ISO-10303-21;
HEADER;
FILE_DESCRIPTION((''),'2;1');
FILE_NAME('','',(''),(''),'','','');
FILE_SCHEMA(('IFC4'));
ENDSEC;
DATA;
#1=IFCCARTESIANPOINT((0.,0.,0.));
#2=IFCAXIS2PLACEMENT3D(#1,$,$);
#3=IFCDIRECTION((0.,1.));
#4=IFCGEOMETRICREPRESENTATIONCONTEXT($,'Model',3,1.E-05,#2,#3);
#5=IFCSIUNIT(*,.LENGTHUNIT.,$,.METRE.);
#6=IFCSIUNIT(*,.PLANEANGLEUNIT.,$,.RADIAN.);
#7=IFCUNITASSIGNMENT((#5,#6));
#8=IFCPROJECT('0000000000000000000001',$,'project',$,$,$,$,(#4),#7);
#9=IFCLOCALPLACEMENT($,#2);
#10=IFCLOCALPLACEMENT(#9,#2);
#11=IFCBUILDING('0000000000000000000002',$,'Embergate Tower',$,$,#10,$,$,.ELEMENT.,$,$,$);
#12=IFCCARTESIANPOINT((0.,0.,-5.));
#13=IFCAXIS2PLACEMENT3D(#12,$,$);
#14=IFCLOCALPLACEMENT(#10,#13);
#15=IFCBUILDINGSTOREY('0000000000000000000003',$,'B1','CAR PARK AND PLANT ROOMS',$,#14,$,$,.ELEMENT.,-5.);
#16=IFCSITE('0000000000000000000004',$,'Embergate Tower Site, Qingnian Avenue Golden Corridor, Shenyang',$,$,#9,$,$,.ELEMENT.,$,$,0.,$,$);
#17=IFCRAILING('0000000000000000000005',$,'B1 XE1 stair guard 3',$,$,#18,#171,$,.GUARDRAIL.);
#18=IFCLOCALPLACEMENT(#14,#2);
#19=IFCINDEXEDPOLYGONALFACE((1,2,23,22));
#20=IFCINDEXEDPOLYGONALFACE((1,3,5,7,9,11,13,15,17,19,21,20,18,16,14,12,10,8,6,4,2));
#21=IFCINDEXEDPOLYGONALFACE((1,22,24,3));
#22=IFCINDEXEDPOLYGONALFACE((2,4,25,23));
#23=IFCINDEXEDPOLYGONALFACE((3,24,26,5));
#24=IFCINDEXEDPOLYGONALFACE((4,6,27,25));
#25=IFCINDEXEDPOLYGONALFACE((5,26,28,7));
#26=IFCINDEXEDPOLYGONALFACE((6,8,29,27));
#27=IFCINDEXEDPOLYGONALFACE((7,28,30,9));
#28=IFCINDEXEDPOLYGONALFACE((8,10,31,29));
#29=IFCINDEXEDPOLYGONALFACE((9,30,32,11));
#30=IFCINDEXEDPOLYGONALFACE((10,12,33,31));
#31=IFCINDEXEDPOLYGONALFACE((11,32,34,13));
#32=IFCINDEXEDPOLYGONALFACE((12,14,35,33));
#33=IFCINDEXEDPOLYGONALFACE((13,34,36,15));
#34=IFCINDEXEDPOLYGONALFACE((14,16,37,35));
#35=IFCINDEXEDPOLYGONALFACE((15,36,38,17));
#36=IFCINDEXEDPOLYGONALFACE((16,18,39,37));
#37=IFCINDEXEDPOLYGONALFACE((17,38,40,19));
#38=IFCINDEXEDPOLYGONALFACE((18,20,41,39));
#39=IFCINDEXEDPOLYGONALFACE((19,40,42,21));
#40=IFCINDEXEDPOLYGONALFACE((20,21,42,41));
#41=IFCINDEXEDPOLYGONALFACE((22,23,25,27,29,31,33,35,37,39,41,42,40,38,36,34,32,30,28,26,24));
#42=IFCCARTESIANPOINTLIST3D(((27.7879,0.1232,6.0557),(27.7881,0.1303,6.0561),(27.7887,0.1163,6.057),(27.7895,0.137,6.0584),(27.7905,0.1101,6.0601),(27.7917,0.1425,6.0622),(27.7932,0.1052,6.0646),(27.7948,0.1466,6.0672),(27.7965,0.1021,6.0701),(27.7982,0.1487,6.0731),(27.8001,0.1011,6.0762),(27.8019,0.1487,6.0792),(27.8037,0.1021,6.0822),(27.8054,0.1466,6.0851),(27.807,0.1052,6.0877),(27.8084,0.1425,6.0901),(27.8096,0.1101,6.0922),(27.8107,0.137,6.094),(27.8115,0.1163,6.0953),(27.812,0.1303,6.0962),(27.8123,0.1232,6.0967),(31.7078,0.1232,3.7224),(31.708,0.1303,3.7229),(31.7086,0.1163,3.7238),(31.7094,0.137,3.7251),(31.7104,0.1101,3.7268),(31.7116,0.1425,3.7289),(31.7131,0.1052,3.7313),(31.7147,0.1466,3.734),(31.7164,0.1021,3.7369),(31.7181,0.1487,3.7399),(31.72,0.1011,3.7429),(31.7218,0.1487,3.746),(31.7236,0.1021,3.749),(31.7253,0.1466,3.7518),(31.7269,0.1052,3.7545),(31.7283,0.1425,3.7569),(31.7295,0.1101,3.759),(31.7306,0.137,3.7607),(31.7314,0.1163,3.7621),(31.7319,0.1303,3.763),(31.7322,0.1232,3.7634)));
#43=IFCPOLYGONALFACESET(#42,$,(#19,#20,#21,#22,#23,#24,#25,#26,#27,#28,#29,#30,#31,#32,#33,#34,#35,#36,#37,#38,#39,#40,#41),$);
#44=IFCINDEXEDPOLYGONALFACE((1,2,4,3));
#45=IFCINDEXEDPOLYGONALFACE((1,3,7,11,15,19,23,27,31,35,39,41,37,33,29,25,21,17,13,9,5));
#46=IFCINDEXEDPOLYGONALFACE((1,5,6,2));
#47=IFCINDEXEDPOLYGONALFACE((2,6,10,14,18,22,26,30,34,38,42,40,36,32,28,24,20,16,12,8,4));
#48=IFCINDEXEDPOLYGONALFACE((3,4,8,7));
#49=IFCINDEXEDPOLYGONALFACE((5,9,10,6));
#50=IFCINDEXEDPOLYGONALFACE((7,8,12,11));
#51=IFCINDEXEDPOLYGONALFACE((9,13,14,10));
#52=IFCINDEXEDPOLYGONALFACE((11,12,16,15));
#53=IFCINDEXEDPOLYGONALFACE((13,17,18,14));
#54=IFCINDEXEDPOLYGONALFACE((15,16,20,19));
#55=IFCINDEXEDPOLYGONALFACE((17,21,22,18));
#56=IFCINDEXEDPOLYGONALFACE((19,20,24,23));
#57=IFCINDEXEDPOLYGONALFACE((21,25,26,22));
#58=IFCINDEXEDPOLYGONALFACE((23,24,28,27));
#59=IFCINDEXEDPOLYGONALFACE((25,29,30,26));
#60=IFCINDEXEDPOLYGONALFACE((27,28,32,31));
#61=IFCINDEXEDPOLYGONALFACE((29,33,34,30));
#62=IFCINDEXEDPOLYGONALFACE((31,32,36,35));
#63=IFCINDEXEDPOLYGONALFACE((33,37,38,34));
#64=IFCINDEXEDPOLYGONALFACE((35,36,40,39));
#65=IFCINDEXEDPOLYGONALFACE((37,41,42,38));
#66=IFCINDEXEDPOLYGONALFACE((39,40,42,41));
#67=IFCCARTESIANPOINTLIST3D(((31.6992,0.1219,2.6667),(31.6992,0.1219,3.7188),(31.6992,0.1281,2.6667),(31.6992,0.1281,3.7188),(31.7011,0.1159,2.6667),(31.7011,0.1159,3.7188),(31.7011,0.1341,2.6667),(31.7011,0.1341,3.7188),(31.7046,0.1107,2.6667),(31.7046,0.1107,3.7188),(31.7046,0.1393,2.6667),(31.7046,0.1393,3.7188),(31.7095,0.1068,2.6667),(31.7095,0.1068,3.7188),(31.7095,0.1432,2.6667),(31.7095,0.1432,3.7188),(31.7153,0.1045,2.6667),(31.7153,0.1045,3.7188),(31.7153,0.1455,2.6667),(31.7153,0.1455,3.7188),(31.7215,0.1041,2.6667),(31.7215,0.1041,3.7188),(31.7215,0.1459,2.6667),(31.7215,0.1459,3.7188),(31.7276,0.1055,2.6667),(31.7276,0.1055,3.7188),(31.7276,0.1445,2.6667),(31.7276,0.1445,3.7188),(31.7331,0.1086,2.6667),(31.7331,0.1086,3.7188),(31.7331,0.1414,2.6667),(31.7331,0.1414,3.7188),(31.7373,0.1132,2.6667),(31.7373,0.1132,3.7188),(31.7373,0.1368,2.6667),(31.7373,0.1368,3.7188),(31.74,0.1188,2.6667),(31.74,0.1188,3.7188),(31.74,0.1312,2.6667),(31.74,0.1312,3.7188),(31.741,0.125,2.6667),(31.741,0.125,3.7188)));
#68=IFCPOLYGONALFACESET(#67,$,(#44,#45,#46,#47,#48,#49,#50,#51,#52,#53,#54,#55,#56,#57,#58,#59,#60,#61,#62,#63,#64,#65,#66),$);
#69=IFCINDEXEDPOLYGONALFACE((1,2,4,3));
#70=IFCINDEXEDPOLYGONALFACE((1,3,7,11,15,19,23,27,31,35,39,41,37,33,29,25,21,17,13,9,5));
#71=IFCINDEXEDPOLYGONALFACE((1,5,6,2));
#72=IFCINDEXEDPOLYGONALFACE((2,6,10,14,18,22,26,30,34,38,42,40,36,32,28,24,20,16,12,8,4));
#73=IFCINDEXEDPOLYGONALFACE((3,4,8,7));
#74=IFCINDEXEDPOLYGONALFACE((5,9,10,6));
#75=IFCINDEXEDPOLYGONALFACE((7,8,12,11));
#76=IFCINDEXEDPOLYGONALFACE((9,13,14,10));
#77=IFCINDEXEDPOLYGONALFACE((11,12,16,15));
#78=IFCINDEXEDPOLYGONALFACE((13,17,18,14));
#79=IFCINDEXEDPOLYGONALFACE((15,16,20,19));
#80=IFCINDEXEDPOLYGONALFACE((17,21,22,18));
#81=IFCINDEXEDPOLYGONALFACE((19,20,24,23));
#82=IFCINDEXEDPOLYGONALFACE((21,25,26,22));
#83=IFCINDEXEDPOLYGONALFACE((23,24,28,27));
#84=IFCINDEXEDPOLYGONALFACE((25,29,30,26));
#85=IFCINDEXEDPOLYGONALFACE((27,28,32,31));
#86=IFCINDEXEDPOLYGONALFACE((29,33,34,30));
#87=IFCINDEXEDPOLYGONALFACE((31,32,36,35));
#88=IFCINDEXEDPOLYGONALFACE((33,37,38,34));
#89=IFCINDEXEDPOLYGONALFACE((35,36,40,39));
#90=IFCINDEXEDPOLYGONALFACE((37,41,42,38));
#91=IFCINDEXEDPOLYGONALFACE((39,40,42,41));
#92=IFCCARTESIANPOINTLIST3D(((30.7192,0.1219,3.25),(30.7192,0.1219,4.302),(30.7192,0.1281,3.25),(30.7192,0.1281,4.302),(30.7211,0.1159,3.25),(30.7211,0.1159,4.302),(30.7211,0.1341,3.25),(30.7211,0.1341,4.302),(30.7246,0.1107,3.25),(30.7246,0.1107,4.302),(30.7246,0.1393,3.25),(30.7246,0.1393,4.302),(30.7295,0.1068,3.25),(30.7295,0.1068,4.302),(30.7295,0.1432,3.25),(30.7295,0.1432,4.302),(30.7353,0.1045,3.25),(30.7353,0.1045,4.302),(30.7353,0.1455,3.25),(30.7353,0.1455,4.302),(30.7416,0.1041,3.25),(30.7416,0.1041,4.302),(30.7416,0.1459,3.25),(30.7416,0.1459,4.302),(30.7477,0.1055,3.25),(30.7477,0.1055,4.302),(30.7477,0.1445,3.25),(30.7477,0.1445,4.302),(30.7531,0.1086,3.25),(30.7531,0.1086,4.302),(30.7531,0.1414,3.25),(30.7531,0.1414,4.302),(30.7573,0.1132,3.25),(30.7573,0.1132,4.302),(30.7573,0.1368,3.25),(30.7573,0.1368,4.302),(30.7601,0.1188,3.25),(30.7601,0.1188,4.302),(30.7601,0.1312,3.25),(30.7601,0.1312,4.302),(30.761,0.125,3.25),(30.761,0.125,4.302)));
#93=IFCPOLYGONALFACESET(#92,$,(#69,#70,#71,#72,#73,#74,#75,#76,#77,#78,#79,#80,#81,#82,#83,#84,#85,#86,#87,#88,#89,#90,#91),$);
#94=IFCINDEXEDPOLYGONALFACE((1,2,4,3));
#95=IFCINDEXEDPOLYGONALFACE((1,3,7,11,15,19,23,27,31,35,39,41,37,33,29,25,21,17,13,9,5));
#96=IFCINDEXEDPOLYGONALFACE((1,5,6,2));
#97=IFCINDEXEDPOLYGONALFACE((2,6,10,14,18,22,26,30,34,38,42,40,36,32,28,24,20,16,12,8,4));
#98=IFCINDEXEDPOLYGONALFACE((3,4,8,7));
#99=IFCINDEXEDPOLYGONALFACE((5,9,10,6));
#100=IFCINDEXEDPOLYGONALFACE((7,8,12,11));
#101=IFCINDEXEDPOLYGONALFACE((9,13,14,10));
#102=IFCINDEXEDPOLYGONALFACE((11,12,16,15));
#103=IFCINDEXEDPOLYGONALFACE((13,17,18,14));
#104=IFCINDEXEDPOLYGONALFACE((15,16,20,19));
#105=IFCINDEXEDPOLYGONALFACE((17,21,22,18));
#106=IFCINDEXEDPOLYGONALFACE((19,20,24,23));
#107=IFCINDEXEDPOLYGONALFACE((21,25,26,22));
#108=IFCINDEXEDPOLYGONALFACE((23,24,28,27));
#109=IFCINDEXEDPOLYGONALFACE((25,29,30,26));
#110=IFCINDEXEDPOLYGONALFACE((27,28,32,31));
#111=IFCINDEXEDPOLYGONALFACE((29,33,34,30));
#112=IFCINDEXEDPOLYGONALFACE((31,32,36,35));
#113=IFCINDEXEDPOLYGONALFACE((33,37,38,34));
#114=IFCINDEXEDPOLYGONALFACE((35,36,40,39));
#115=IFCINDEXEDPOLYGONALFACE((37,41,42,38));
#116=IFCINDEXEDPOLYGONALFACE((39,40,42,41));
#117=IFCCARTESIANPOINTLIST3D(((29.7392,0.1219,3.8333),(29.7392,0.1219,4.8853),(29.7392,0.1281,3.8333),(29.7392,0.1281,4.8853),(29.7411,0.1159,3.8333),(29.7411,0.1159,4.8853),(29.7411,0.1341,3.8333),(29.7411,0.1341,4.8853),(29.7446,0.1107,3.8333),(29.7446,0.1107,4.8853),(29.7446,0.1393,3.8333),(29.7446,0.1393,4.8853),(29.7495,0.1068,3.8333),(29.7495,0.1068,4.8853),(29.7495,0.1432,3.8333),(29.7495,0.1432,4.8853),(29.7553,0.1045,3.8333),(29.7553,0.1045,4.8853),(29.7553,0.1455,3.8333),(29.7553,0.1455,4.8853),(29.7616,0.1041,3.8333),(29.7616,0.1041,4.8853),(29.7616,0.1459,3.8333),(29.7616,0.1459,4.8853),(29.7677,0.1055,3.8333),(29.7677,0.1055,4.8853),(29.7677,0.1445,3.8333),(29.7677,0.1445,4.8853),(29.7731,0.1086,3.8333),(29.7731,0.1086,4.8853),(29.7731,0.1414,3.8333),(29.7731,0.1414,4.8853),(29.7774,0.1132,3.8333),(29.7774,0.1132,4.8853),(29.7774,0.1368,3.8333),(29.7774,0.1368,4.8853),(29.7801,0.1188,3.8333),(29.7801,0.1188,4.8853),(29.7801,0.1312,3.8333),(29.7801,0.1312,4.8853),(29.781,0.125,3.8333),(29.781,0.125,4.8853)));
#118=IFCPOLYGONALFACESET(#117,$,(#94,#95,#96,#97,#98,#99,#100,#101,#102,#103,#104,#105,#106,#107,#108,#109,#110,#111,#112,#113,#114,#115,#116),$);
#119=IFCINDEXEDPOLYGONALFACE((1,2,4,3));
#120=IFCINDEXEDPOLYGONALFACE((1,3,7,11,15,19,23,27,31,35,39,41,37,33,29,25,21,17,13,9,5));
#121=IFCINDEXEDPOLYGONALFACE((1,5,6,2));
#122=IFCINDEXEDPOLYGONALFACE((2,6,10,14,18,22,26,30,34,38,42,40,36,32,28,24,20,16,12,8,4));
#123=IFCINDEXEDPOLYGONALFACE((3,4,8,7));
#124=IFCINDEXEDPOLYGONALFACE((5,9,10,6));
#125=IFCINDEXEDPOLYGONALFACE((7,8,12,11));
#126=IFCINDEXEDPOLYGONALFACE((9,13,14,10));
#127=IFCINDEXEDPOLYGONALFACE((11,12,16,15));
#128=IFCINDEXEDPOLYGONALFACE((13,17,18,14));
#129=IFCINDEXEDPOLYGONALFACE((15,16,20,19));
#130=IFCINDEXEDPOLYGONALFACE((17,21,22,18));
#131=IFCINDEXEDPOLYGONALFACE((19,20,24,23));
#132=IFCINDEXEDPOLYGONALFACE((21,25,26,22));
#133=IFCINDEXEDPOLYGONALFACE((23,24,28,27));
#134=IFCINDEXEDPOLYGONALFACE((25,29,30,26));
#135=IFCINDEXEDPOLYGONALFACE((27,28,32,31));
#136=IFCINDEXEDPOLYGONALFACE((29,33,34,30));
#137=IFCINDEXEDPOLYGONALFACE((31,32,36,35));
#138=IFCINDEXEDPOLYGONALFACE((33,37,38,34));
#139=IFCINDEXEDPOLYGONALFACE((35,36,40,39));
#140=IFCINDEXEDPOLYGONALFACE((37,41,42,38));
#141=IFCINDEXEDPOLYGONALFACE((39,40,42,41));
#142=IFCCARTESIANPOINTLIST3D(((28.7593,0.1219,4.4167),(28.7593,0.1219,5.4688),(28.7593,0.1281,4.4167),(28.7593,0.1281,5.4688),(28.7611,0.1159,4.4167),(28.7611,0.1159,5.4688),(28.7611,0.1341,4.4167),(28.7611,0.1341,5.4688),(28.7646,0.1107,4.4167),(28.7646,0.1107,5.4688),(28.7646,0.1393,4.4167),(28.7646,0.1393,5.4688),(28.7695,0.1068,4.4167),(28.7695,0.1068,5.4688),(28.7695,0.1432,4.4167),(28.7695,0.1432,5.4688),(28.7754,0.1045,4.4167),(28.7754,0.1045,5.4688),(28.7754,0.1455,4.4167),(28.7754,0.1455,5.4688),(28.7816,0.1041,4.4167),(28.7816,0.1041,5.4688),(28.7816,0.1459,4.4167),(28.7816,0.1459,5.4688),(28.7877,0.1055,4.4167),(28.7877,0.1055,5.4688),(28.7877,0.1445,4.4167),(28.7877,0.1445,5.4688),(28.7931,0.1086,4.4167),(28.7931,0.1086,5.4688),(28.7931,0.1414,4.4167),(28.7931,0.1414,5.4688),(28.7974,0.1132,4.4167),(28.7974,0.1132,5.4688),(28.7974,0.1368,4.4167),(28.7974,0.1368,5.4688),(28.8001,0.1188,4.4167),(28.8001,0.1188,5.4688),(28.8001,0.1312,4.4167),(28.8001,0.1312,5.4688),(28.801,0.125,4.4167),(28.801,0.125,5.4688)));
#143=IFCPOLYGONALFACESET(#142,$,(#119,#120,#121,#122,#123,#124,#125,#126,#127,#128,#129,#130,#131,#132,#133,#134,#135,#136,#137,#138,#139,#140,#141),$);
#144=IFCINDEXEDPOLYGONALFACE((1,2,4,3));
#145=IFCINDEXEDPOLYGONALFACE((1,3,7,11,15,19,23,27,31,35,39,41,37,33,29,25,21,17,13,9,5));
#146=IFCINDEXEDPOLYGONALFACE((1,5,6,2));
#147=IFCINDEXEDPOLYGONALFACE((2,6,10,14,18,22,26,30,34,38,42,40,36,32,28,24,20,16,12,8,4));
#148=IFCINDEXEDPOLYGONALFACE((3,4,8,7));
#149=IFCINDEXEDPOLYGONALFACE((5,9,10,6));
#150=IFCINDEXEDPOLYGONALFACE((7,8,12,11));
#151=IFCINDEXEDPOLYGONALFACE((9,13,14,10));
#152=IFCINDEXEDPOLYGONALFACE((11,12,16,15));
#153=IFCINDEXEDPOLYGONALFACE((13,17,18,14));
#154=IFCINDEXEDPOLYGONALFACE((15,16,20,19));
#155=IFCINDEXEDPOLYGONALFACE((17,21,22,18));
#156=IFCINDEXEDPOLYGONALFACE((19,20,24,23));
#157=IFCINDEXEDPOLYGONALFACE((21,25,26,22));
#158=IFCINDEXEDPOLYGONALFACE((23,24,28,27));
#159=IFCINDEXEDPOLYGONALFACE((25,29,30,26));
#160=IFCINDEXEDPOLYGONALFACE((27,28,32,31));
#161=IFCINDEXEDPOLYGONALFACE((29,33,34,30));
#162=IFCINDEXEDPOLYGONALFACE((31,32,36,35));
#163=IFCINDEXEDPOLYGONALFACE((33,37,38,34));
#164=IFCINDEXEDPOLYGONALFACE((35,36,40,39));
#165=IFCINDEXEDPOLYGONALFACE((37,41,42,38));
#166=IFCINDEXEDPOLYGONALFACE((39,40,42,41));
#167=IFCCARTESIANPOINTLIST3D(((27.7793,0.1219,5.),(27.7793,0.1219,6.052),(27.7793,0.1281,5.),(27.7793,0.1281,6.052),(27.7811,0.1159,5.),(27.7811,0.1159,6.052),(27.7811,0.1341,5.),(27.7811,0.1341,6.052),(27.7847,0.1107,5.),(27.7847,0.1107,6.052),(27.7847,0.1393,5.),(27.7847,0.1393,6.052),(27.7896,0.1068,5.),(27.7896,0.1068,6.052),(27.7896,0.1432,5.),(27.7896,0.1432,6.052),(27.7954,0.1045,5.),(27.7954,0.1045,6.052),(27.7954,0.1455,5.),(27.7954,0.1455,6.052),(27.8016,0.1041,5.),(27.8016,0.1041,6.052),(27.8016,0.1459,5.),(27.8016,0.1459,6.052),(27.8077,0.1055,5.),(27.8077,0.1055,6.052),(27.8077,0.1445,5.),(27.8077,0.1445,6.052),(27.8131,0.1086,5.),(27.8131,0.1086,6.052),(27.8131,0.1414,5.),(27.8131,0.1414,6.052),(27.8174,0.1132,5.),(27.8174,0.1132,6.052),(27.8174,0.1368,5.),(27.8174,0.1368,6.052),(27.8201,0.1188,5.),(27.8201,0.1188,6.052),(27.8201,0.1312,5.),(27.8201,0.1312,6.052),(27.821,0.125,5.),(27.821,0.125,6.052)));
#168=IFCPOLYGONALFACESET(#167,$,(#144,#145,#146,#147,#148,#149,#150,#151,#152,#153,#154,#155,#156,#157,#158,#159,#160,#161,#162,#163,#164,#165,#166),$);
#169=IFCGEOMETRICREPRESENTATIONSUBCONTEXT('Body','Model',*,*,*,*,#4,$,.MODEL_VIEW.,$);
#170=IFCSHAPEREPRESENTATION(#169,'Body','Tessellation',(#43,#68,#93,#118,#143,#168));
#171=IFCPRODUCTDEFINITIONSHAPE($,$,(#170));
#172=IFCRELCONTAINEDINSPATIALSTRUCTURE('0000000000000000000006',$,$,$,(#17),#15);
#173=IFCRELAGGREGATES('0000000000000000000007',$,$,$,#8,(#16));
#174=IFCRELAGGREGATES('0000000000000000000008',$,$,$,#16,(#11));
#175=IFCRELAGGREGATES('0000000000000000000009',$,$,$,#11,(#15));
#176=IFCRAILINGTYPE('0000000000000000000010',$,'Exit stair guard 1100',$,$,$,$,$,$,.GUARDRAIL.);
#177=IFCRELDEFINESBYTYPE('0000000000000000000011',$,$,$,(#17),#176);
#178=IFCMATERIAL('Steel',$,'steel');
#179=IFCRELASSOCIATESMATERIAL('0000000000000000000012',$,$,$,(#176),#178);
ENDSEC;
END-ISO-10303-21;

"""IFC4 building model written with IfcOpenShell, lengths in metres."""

from ifc_helpers import new_model, si_unit, direction, frame, origin, origin_2d, place, context, subcontext, project, spatial, circle, extrude, source, transform, mapped, material, type_object, element, save


model = new_model("IFC4")

# Units and contexts
model_context = context("Model", 3, precision=1e-05, world=origin(), true_north=direction((0.0, 1.0)))
body_context = subcontext(model_context, "Body", "Model", "MODEL_VIEW")
ifc_project = project(units=[si_unit("LENGTHUNIT", "METRE"), si_unit("PLANEANGLEUNIT", "RADIAN")], contexts=[model_context])

# Site, building, storey
site_placement = place(None, origin())
site = spatial("IfcSite", under=ifc_project, at=site_placement, Name="Embergate Tower Site, Qingnian Avenue Golden Corridor, Shenyang", CompositionType="ELEMENT", RefElevation=0.0)
building_placement = place(site_placement, origin())
building = spatial("IfcBuilding", under=site, at=building_placement, Name="Embergate Tower", CompositionType="ELEMENT")
storey_placement = place(building_placement, frame((0.0, 0.0, -5.0)))
storey = spatial("IfcBuildingStorey", under=building, at=storey_placement, Name="B1", Description="CAR PARK AND PLANT ROOMS", CompositionType="ELEMENT", Elevation=-5.0)

# Railing
ifc_material_1 = material(Name="Steel", Category="steel")
railing_type_1 = type_object("IfcRailingType", Name="Exit stair guard 1100", PredefinedType="GUARDRAIL", material=ifc_material_1)
shared_shape_1 = source(origin(), body_context, "Body", "SweptSolid", [
    extrude(circle(Radius=0.0239, at=origin_2d()), frame((0.0, 0.0, 1.0762), z_axis=(-0.859296, 0.0, 0.511478), x_axis=(0.0, -1.0, 0.0)), (0.0, 0.0, 1.0), 4.5618),
    extrude(circle(Radius=0.021, at=origin_2d()), origin(), (0.0, 0.0, 1.0), 1.052),
    extrude(circle(Radius=0.021, at=origin_2d()), frame((-0.98, 0.0, 0.5833)), (0.0, 0.0, 1.0), 1.052),
    extrude(circle(Radius=0.021, at=origin_2d()), frame((-1.96, 0.0, 1.1665)), (0.0, 0.0, 1.0), 1.052),
    extrude(circle(Radius=0.021, at=origin_2d()), frame((-2.9399, 0.0, 1.75)), (0.0, 0.0, 1.0), 1.052),
    extrude(circle(Radius=0.021, at=origin_2d()), frame((-3.9199, 0.0, 2.3333)), (0.0, 0.0, 1.0), 1.052),
])
railing_1_placement = place(storey_placement, frame((31.72, 0.125, 2.6667)))
element("IfcRailing", 1, at=railing_1_placement, inside=storey, type_object=railing_type_1, Name="B1 XE1 stair guard 3", PredefinedType="GUARDRAIL", context=body_context, shape_type="MappedRepresentation", body=[
    mapped(shared_shape_1, transform((0.0, 0.0, 0.0))),
])

save(model, "model.ifc")
